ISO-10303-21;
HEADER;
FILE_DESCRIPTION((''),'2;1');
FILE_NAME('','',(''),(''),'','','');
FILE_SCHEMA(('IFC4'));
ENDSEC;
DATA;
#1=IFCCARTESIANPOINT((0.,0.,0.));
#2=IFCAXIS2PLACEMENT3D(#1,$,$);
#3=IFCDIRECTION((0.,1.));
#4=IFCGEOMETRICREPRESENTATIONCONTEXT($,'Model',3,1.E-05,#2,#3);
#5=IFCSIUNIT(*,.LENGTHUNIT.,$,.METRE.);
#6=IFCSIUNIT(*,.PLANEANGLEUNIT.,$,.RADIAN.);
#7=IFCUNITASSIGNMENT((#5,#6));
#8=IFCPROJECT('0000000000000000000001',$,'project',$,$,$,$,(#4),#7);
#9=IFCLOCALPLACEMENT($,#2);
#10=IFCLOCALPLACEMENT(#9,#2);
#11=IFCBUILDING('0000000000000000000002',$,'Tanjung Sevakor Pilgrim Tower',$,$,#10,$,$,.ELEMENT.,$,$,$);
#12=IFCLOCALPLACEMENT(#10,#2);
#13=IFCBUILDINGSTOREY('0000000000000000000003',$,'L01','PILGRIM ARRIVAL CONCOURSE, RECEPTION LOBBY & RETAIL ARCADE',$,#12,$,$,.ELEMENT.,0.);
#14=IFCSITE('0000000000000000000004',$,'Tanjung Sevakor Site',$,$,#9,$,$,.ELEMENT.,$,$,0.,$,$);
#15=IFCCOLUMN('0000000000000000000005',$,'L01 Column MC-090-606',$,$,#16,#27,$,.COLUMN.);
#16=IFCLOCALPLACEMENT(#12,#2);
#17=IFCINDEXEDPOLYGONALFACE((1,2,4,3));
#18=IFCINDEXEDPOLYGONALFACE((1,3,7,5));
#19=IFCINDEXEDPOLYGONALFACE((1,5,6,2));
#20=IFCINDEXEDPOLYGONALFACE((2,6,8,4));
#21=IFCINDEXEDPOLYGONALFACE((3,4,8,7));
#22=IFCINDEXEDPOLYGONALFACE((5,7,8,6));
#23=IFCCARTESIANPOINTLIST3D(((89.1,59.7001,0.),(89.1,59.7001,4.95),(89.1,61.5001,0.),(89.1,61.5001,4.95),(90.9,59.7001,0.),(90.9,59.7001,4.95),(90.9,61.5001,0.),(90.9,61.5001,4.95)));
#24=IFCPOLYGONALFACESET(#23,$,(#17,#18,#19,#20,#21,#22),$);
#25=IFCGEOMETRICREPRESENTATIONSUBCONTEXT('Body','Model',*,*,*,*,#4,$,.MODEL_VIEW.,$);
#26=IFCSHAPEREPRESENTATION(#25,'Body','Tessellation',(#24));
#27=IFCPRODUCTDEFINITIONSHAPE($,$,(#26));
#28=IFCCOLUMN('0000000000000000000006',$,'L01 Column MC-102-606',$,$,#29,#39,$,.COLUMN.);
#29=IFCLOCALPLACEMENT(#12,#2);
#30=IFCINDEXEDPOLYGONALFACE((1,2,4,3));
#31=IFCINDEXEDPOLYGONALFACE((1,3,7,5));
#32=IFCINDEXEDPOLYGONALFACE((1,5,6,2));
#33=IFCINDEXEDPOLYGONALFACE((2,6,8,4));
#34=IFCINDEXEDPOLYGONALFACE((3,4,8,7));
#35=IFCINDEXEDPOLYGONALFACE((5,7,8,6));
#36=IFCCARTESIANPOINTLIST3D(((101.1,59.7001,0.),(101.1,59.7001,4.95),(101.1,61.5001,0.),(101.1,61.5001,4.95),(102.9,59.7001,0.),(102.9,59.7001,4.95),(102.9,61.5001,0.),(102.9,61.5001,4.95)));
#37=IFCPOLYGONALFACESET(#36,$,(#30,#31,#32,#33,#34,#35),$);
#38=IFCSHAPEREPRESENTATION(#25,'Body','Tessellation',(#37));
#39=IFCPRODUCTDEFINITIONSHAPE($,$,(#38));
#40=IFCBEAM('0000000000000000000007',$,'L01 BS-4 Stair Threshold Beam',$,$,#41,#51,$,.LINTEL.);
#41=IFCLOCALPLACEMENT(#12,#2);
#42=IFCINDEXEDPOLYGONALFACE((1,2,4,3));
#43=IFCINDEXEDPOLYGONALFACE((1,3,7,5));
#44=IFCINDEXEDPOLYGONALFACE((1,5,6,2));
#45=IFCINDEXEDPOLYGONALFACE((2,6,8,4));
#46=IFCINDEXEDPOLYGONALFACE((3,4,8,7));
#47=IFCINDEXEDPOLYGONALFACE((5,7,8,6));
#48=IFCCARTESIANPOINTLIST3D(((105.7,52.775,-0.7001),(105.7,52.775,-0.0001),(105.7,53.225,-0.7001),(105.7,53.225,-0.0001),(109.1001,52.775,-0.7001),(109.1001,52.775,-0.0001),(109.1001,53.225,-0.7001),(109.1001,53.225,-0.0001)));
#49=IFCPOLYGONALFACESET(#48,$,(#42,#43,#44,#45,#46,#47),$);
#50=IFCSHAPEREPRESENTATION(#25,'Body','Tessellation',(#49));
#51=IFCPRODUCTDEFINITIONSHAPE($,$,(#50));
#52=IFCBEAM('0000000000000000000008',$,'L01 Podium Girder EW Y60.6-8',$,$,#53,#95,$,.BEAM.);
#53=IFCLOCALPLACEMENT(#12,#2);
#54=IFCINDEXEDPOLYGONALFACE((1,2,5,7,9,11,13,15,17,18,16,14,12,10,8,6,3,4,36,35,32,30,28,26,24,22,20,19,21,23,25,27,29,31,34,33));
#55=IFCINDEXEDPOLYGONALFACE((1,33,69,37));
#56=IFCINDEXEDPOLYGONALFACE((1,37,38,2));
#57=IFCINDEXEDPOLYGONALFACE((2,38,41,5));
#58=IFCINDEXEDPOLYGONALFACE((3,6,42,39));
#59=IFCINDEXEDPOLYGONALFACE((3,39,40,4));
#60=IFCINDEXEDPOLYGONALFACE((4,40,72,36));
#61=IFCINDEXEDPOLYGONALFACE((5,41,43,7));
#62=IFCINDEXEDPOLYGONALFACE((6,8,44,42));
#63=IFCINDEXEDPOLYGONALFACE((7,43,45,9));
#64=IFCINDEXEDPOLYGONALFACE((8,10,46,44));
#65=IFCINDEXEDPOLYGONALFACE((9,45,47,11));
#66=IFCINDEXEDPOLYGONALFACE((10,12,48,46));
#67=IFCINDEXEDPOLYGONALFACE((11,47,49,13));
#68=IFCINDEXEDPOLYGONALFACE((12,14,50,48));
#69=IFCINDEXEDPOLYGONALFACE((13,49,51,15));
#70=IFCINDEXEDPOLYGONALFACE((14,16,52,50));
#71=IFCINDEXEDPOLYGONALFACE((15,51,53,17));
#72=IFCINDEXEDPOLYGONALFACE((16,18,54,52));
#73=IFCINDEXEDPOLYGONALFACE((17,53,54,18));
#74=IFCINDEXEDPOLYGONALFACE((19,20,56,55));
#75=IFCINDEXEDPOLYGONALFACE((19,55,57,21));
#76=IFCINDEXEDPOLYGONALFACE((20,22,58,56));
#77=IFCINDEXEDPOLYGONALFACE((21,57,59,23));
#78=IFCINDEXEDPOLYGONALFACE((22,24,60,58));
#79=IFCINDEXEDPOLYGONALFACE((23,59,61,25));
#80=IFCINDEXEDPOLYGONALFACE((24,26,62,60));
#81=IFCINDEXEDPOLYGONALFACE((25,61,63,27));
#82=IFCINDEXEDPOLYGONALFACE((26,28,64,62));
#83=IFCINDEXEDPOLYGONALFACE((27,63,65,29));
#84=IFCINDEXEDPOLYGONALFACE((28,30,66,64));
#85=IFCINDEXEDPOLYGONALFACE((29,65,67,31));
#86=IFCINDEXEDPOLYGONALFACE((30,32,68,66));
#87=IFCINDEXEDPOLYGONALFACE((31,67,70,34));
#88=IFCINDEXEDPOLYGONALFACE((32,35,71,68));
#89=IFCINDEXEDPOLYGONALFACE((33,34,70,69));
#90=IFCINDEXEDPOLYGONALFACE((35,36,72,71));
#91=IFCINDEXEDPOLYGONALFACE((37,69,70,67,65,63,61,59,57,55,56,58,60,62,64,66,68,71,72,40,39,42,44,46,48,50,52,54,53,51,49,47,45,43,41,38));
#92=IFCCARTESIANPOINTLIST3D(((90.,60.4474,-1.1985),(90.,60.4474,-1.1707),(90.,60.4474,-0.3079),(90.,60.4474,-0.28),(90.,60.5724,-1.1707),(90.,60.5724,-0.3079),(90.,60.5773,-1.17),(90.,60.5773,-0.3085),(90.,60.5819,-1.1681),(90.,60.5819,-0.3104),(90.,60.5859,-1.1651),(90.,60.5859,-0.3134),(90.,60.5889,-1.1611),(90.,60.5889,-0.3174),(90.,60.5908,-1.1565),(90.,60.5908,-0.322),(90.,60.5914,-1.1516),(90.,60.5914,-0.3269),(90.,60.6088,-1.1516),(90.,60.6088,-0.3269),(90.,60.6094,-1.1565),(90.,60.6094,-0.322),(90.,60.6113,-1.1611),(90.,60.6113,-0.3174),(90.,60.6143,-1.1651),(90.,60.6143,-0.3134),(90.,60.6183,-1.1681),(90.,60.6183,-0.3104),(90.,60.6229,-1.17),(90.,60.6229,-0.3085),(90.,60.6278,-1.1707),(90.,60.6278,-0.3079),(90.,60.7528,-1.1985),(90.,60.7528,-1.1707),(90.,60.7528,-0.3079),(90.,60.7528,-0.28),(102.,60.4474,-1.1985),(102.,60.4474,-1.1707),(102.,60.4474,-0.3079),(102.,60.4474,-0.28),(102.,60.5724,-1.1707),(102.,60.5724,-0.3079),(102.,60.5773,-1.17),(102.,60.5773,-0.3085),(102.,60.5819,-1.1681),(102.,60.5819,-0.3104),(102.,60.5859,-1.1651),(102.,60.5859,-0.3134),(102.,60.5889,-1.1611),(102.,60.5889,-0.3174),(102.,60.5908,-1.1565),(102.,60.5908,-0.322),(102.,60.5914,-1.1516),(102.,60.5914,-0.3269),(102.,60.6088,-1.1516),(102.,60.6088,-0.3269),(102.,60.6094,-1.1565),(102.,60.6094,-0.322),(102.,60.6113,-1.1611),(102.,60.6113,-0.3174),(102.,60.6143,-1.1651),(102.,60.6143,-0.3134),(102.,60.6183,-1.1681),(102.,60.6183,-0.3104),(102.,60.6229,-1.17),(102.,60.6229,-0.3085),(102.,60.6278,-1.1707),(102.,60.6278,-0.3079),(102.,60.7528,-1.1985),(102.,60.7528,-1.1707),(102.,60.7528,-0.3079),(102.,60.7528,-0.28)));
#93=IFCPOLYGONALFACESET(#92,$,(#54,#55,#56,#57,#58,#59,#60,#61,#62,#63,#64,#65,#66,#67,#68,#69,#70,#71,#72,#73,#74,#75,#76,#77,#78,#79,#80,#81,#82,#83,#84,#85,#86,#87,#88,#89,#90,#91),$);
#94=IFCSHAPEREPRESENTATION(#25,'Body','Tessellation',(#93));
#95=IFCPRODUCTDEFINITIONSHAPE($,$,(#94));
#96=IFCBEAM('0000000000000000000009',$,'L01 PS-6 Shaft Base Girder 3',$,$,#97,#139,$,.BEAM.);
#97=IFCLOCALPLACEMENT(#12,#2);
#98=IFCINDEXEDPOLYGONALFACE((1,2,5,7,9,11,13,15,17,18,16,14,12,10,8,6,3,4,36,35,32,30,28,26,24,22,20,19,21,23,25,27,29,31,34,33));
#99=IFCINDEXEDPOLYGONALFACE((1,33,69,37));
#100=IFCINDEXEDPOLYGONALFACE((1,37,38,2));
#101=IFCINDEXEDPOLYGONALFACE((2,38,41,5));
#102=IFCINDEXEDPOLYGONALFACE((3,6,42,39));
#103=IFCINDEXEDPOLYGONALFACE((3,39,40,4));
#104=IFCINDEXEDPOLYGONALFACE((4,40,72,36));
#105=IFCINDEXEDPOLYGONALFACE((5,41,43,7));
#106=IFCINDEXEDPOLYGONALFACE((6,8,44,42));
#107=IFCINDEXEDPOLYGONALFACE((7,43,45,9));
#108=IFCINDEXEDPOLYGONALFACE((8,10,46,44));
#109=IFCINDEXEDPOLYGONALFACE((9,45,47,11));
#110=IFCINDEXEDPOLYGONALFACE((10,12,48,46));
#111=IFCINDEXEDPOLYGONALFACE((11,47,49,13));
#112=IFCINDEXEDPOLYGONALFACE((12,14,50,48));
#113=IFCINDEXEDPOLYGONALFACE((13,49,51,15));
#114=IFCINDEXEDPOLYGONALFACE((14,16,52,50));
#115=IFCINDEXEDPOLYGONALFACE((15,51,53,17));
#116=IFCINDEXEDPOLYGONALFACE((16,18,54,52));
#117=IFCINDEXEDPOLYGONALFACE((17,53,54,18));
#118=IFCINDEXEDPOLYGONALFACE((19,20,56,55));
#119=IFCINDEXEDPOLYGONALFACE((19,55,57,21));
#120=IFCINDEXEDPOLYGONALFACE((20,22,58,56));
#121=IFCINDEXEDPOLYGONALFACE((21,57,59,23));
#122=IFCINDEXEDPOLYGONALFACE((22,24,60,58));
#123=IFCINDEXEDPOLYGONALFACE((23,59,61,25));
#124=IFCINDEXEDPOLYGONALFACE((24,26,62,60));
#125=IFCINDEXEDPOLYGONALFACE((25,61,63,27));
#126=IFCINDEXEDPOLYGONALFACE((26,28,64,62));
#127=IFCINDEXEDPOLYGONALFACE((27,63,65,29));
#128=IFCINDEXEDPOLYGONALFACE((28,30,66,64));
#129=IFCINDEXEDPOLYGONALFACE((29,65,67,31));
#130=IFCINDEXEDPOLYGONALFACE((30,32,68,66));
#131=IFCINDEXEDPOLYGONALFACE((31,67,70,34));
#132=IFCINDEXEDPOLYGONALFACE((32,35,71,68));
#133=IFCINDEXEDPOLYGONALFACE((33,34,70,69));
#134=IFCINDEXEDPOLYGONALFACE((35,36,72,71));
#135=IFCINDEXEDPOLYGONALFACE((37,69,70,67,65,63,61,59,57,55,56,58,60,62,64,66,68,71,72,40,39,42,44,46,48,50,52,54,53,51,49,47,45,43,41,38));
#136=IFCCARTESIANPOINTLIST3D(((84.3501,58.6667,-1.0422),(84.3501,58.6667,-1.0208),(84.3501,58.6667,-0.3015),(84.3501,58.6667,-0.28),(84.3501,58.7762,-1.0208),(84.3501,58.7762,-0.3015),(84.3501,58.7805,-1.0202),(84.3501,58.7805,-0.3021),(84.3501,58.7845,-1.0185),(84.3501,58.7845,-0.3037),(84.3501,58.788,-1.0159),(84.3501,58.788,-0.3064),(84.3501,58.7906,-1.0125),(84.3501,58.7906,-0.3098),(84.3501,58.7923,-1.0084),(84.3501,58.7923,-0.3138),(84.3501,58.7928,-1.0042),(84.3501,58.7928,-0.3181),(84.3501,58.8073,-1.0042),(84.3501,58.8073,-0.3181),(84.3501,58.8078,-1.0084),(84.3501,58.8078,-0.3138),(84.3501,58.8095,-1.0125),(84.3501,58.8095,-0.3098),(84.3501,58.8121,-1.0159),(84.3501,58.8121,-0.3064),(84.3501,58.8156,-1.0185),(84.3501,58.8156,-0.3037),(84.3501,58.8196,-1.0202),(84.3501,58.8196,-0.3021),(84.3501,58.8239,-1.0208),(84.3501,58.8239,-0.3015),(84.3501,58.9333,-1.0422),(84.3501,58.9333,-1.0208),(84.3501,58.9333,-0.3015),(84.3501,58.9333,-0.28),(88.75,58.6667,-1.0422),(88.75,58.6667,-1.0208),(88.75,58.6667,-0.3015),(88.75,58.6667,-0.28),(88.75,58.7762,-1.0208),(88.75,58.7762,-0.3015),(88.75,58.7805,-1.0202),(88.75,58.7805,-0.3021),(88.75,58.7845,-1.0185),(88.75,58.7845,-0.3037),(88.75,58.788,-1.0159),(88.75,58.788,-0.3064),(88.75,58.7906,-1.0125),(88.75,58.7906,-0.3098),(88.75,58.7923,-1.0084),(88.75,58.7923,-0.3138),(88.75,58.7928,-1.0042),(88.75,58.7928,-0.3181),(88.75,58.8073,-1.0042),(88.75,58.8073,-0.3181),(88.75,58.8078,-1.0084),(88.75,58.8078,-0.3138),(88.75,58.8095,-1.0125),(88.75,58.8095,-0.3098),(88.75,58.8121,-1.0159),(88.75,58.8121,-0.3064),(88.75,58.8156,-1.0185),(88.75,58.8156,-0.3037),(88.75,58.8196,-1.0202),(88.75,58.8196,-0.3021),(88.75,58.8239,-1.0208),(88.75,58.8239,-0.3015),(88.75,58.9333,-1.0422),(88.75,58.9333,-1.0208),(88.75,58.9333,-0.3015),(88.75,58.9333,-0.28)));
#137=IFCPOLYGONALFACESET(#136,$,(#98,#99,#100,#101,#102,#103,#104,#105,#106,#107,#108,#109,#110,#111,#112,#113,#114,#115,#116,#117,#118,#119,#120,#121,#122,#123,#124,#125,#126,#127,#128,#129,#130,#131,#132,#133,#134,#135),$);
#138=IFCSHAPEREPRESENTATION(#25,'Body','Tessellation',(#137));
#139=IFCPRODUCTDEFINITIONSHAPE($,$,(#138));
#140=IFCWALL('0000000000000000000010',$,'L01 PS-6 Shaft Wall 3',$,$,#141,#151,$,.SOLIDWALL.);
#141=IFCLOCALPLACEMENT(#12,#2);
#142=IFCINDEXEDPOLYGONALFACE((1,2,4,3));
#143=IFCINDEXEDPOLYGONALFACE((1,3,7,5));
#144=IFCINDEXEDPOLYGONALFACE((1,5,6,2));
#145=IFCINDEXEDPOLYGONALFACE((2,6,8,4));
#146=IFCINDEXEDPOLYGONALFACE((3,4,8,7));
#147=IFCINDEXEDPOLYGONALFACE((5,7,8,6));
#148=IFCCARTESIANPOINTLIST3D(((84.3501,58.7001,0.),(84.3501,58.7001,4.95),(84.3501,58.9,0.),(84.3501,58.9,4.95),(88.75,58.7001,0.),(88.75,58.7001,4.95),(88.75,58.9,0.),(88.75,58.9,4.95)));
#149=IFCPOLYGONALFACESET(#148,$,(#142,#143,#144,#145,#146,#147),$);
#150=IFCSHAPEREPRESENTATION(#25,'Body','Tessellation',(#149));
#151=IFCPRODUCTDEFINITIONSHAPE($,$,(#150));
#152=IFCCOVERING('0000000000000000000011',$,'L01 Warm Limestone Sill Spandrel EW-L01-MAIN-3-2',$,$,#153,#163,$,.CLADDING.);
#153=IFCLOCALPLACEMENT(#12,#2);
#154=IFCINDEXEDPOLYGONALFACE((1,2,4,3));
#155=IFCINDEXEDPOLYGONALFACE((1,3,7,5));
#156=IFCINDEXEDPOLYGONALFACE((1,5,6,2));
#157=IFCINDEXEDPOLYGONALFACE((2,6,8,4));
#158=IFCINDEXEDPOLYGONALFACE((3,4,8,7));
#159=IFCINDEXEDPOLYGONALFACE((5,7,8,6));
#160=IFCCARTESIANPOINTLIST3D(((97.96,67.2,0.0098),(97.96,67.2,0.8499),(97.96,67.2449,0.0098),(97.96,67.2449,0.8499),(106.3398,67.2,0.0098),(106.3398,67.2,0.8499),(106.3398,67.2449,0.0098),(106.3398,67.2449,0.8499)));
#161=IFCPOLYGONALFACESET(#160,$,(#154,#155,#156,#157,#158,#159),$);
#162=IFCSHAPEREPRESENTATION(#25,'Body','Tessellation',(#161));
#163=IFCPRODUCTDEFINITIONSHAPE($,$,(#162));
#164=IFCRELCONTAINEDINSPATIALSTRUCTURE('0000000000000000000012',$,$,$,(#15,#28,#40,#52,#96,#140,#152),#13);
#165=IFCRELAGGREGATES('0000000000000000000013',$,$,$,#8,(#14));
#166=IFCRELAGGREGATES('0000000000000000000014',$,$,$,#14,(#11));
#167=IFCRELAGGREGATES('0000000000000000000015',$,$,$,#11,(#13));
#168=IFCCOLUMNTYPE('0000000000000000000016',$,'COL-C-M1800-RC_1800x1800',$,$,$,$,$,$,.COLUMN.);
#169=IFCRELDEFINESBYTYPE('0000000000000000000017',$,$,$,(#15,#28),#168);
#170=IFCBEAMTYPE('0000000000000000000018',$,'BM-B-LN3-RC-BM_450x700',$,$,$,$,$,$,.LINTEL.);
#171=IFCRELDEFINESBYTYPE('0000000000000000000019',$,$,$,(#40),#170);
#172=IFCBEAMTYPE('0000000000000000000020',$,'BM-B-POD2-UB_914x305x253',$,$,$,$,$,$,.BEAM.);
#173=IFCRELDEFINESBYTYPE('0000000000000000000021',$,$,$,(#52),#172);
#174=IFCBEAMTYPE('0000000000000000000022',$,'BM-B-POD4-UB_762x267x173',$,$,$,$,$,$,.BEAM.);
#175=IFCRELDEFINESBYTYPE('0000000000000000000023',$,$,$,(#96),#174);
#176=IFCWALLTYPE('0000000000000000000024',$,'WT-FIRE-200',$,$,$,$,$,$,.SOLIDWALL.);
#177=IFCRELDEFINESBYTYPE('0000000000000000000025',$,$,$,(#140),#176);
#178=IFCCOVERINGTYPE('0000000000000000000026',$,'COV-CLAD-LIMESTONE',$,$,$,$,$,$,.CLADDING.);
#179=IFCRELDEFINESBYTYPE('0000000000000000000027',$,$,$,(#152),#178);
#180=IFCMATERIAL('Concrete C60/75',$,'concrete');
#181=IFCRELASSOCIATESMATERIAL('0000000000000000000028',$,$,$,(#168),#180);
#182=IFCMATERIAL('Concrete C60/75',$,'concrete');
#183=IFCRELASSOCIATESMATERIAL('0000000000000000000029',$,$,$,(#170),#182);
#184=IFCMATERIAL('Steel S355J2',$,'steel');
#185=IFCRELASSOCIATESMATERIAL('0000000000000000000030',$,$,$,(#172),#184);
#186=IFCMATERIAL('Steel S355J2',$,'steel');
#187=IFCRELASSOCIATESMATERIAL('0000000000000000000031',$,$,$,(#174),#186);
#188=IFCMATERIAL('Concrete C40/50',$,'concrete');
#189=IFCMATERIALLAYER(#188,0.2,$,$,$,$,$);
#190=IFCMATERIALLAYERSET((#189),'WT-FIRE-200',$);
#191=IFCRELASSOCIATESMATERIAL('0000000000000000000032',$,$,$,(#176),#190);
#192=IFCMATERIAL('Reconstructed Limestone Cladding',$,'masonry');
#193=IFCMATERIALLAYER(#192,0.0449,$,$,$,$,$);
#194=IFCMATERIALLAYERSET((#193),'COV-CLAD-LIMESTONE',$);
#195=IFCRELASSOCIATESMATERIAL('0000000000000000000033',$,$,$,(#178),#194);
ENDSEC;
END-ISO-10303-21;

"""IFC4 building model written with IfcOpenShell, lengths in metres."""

from ifc_helpers import new_model, si_unit, direction, frame, frame_2d, origin, origin_2d, place, context, subcontext, project, spatial, rectangle, i_section, extrude, material, layer, layer_set, material_profile, profile_set, type_object, element, save


model = new_model("IFC4")

# Units and contexts
model_context = context("Model", 3, precision=1e-05, world=origin(), true_north=direction((0.0, 1.0)))
body_context = subcontext(model_context, "Body", "Model", "MODEL_VIEW")
ifc_project = project(units=[si_unit("LENGTHUNIT", "METRE"), si_unit("PLANEANGLEUNIT", "RADIAN")], contexts=[model_context])

# Site, building, storey
site_placement = place(None, origin())
site = spatial("IfcSite", under=ifc_project, at=site_placement, Name="Tanjung Sevakor Site", CompositionType="ELEMENT", RefElevation=0.0)
building_placement = place(site_placement, origin())
building = spatial("IfcBuilding", under=site, at=building_placement, Name="Tanjung Sevakor Pilgrim Tower", CompositionType="ELEMENT")
storey_placement = place(building_placement, origin())
storey = spatial("IfcBuildingStorey", under=building, at=storey_placement, Name="L01", Description="PILGRIM ARRIVAL CONCOURSE, RECEPTION LOBBY & RETAIL ARCADE", CompositionType="ELEMENT", Elevation=0.0)

# Columns
ifc_material_1 = material(Name="Concrete C60/75", Category="concrete")
ifc_material_profile_1 = material_profile(ifc_material_1, rectangle(XDim=1.8, YDim=1.8, at=origin_2d()))
ifc_profile_set_1 = profile_set([ifc_material_profile_1], Name="Concrete C60/75")
column_type = type_object("IfcColumnType", Name="COL-C-M1800-RC_1800x1800", PredefinedType="COLUMN", material=ifc_profile_set_1)
for number, where, z_axis, x_axis, name in (
    (1, (90.0, 60.6001, 0.0), (0.0, 0.0, 1.0), (1.0, 0.0, 0.0), "L01 Column MC-090-606"),
    (2, (102.0, 60.6001, 0.0), (0.0, 0.0, 1.0), (1.0, 0.0, 0.0), "L01 Column MC-102-606"),
):
    element("IfcColumn", number, at=place(storey_placement, frame(where, z_axis=z_axis, x_axis=x_axis)), inside=storey, type_object=column_type, Name=name, PredefinedType="COLUMN", context=body_context, shape_type="SweptSolid", body=[
        extrude(rectangle(XDim=1.8, YDim=1.8, at=origin_2d()), origin(), (0.0, 0.0, 1.0), 4.95),
    ])

# Beams
ifc_material_2 = material(Name="Concrete C60/75", Category="concrete")
ifc_material_profile_2 = material_profile(ifc_material_2, rectangle(XDim=0.45, YDim=0.7, at=origin_2d()))
ifc_profile_set_2 = profile_set([ifc_material_profile_2], Name="Concrete C60/75")
beam_type_1 = type_object("IfcBeamType", Name="BM-B-LN3-RC-BM_450x700", PredefinedType="LINTEL", material=ifc_profile_set_2)
beam_1_placement = place(storey_placement, frame((105.7, 53.0, -0.3501), z_axis=(1.0, 0.0, 0.0), x_axis=(0.0, 1.0, 0.0)))
element("IfcBeam", 3, at=beam_1_placement, inside=storey, type_object=beam_type_1, Name="L01 BS-4 Stair Threshold Beam", PredefinedType="LINTEL", context=body_context, shape_type="SweptSolid", body=[
    extrude(rectangle(XDim=0.45, YDim=0.7, at=origin_2d()), origin(), (0.0, 0.0, 1.0), 3.4001),
])
ifc_material_3 = material(Name="Steel S355J2", Category="steel")
ifc_material_profile_3 = material_profile(ifc_material_3, i_section(OverallWidth=0.3054, OverallDepth=0.9185, WebThickness=0.0173, FlangeThickness=0.0278, FilletRadius=0.019, at=origin_2d()))
ifc_profile_set_3 = profile_set([ifc_material_profile_3], Name="Steel S355J2")
beam_type_2 = type_object("IfcBeamType", Name="BM-B-POD2-UB_914x305x253", PredefinedType="BEAM", material=ifc_profile_set_3)
beam_2_placement = place(storey_placement, frame((90.0, 60.6001, -0.7393), z_axis=(1.0, 0.0, 0.0), x_axis=(0.0, 1.0, 0.0)))
element("IfcBeam", 4, at=beam_2_placement, inside=storey, type_object=beam_type_2, Name="L01 Podium Girder EW Y60.6-8", PredefinedType="BEAM", context=body_context, shape_type="SweptSolid", body=[
    extrude(i_section(OverallWidth=0.3054, OverallDepth=0.9185, WebThickness=0.0173, FlangeThickness=0.0278, FilletRadius=0.019, at=origin_2d()), origin(), (0.0, 0.0, 1.0), 12.0),
])
ifc_material_4 = material(Name="Steel S355J2", Category="steel")
ifc_material_profile_4 = material_profile(ifc_material_4, i_section(OverallWidth=0.2666, OverallDepth=0.7622, WebThickness=0.0144, FlangeThickness=0.0215, FilletRadius=0.0166, at=origin_2d()))
ifc_profile_set_4 = profile_set([ifc_material_profile_4], Name="Steel S355J2")
beam_type_3 = type_object("IfcBeamType", Name="BM-B-POD4-UB_762x267x173", PredefinedType="BEAM", material=ifc_profile_set_4)
beam_3_placement = place(storey_placement, frame((88.75, 58.8, -0.6611), z_axis=(-1.0, 0.0, 0.0), x_axis=(0.0, -1.0, 0.0)))
element("IfcBeam", 5, at=beam_3_placement, inside=storey, type_object=beam_type_3, Name="L01 PS-6 Shaft Base Girder 3", PredefinedType="BEAM", context=body_context, shape_type="SweptSolid", body=[
    extrude(i_section(OverallWidth=0.2666, OverallDepth=0.7622, WebThickness=0.0144, FlangeThickness=0.0215, FilletRadius=0.0166, at=origin_2d()), origin(), (0.0, 0.0, 1.0), 4.3999),
])

# Wall
ifc_material_5 = material(Name="Concrete C40/50", Category="concrete")
ifc_layer_1 = layer(ifc_material_5, 0.2)
ifc_layer_set_1 = layer_set([ifc_layer_1], Name="WT-FIRE-200")
wall_type = type_object("IfcWallType", Name="WT-FIRE-200", PredefinedType="SOLIDWALL", material=ifc_layer_set_1)
wall_1_placement = place(storey_placement, frame((88.75, 58.8, 0.0), z_axis=(0.0, 0.0, 1.0), x_axis=(-1.0, 0.0, 0.0)))
element("IfcWall", 6, at=wall_1_placement, inside=storey, type_object=wall_type, Name="L01 PS-6 Shaft Wall 3", PredefinedType="SOLIDWALL", context=body_context, shape_type="SweptSolid", body=[
    extrude(rectangle(XDim=4.3999, YDim=0.2, at=frame_2d((2.2, 0.0))), origin(), (0.0, 0.0, 1.0), 4.95),
])

# Covering
ifc_material_6 = material(Name="Reconstructed Limestone Cladding", Category="masonry")
ifc_layer_2 = layer(ifc_material_6, 0.0449)
ifc_layer_set_2 = layer_set([ifc_layer_2], Name="COV-CLAD-LIMESTONE")
covering_type = type_object("IfcCoveringType", Name="COV-CLAD-LIMESTONE", PredefinedType="CLADDING", material=ifc_layer_set_2)
covering_placement = place(storey_placement, frame((102.1499, 67.2224, 0.0098), z_axis=(0.0, 0.0, 1.0), x_axis=(-1.0, 0.0, 0.0)))
element("IfcCovering", 7, at=covering_placement, inside=storey, type_object=covering_type, Name="L01 Warm Limestone Sill Spandrel EW-L01-MAIN-3-2", PredefinedType="CLADDING", context=body_context, shape_type="SweptSolid", body=[
    extrude(rectangle(XDim=8.3799, YDim=0.0449, at=origin_2d()), origin(), (0.0, 0.0, 1.0), 0.8401),
])

save(model, "model.ifc")
